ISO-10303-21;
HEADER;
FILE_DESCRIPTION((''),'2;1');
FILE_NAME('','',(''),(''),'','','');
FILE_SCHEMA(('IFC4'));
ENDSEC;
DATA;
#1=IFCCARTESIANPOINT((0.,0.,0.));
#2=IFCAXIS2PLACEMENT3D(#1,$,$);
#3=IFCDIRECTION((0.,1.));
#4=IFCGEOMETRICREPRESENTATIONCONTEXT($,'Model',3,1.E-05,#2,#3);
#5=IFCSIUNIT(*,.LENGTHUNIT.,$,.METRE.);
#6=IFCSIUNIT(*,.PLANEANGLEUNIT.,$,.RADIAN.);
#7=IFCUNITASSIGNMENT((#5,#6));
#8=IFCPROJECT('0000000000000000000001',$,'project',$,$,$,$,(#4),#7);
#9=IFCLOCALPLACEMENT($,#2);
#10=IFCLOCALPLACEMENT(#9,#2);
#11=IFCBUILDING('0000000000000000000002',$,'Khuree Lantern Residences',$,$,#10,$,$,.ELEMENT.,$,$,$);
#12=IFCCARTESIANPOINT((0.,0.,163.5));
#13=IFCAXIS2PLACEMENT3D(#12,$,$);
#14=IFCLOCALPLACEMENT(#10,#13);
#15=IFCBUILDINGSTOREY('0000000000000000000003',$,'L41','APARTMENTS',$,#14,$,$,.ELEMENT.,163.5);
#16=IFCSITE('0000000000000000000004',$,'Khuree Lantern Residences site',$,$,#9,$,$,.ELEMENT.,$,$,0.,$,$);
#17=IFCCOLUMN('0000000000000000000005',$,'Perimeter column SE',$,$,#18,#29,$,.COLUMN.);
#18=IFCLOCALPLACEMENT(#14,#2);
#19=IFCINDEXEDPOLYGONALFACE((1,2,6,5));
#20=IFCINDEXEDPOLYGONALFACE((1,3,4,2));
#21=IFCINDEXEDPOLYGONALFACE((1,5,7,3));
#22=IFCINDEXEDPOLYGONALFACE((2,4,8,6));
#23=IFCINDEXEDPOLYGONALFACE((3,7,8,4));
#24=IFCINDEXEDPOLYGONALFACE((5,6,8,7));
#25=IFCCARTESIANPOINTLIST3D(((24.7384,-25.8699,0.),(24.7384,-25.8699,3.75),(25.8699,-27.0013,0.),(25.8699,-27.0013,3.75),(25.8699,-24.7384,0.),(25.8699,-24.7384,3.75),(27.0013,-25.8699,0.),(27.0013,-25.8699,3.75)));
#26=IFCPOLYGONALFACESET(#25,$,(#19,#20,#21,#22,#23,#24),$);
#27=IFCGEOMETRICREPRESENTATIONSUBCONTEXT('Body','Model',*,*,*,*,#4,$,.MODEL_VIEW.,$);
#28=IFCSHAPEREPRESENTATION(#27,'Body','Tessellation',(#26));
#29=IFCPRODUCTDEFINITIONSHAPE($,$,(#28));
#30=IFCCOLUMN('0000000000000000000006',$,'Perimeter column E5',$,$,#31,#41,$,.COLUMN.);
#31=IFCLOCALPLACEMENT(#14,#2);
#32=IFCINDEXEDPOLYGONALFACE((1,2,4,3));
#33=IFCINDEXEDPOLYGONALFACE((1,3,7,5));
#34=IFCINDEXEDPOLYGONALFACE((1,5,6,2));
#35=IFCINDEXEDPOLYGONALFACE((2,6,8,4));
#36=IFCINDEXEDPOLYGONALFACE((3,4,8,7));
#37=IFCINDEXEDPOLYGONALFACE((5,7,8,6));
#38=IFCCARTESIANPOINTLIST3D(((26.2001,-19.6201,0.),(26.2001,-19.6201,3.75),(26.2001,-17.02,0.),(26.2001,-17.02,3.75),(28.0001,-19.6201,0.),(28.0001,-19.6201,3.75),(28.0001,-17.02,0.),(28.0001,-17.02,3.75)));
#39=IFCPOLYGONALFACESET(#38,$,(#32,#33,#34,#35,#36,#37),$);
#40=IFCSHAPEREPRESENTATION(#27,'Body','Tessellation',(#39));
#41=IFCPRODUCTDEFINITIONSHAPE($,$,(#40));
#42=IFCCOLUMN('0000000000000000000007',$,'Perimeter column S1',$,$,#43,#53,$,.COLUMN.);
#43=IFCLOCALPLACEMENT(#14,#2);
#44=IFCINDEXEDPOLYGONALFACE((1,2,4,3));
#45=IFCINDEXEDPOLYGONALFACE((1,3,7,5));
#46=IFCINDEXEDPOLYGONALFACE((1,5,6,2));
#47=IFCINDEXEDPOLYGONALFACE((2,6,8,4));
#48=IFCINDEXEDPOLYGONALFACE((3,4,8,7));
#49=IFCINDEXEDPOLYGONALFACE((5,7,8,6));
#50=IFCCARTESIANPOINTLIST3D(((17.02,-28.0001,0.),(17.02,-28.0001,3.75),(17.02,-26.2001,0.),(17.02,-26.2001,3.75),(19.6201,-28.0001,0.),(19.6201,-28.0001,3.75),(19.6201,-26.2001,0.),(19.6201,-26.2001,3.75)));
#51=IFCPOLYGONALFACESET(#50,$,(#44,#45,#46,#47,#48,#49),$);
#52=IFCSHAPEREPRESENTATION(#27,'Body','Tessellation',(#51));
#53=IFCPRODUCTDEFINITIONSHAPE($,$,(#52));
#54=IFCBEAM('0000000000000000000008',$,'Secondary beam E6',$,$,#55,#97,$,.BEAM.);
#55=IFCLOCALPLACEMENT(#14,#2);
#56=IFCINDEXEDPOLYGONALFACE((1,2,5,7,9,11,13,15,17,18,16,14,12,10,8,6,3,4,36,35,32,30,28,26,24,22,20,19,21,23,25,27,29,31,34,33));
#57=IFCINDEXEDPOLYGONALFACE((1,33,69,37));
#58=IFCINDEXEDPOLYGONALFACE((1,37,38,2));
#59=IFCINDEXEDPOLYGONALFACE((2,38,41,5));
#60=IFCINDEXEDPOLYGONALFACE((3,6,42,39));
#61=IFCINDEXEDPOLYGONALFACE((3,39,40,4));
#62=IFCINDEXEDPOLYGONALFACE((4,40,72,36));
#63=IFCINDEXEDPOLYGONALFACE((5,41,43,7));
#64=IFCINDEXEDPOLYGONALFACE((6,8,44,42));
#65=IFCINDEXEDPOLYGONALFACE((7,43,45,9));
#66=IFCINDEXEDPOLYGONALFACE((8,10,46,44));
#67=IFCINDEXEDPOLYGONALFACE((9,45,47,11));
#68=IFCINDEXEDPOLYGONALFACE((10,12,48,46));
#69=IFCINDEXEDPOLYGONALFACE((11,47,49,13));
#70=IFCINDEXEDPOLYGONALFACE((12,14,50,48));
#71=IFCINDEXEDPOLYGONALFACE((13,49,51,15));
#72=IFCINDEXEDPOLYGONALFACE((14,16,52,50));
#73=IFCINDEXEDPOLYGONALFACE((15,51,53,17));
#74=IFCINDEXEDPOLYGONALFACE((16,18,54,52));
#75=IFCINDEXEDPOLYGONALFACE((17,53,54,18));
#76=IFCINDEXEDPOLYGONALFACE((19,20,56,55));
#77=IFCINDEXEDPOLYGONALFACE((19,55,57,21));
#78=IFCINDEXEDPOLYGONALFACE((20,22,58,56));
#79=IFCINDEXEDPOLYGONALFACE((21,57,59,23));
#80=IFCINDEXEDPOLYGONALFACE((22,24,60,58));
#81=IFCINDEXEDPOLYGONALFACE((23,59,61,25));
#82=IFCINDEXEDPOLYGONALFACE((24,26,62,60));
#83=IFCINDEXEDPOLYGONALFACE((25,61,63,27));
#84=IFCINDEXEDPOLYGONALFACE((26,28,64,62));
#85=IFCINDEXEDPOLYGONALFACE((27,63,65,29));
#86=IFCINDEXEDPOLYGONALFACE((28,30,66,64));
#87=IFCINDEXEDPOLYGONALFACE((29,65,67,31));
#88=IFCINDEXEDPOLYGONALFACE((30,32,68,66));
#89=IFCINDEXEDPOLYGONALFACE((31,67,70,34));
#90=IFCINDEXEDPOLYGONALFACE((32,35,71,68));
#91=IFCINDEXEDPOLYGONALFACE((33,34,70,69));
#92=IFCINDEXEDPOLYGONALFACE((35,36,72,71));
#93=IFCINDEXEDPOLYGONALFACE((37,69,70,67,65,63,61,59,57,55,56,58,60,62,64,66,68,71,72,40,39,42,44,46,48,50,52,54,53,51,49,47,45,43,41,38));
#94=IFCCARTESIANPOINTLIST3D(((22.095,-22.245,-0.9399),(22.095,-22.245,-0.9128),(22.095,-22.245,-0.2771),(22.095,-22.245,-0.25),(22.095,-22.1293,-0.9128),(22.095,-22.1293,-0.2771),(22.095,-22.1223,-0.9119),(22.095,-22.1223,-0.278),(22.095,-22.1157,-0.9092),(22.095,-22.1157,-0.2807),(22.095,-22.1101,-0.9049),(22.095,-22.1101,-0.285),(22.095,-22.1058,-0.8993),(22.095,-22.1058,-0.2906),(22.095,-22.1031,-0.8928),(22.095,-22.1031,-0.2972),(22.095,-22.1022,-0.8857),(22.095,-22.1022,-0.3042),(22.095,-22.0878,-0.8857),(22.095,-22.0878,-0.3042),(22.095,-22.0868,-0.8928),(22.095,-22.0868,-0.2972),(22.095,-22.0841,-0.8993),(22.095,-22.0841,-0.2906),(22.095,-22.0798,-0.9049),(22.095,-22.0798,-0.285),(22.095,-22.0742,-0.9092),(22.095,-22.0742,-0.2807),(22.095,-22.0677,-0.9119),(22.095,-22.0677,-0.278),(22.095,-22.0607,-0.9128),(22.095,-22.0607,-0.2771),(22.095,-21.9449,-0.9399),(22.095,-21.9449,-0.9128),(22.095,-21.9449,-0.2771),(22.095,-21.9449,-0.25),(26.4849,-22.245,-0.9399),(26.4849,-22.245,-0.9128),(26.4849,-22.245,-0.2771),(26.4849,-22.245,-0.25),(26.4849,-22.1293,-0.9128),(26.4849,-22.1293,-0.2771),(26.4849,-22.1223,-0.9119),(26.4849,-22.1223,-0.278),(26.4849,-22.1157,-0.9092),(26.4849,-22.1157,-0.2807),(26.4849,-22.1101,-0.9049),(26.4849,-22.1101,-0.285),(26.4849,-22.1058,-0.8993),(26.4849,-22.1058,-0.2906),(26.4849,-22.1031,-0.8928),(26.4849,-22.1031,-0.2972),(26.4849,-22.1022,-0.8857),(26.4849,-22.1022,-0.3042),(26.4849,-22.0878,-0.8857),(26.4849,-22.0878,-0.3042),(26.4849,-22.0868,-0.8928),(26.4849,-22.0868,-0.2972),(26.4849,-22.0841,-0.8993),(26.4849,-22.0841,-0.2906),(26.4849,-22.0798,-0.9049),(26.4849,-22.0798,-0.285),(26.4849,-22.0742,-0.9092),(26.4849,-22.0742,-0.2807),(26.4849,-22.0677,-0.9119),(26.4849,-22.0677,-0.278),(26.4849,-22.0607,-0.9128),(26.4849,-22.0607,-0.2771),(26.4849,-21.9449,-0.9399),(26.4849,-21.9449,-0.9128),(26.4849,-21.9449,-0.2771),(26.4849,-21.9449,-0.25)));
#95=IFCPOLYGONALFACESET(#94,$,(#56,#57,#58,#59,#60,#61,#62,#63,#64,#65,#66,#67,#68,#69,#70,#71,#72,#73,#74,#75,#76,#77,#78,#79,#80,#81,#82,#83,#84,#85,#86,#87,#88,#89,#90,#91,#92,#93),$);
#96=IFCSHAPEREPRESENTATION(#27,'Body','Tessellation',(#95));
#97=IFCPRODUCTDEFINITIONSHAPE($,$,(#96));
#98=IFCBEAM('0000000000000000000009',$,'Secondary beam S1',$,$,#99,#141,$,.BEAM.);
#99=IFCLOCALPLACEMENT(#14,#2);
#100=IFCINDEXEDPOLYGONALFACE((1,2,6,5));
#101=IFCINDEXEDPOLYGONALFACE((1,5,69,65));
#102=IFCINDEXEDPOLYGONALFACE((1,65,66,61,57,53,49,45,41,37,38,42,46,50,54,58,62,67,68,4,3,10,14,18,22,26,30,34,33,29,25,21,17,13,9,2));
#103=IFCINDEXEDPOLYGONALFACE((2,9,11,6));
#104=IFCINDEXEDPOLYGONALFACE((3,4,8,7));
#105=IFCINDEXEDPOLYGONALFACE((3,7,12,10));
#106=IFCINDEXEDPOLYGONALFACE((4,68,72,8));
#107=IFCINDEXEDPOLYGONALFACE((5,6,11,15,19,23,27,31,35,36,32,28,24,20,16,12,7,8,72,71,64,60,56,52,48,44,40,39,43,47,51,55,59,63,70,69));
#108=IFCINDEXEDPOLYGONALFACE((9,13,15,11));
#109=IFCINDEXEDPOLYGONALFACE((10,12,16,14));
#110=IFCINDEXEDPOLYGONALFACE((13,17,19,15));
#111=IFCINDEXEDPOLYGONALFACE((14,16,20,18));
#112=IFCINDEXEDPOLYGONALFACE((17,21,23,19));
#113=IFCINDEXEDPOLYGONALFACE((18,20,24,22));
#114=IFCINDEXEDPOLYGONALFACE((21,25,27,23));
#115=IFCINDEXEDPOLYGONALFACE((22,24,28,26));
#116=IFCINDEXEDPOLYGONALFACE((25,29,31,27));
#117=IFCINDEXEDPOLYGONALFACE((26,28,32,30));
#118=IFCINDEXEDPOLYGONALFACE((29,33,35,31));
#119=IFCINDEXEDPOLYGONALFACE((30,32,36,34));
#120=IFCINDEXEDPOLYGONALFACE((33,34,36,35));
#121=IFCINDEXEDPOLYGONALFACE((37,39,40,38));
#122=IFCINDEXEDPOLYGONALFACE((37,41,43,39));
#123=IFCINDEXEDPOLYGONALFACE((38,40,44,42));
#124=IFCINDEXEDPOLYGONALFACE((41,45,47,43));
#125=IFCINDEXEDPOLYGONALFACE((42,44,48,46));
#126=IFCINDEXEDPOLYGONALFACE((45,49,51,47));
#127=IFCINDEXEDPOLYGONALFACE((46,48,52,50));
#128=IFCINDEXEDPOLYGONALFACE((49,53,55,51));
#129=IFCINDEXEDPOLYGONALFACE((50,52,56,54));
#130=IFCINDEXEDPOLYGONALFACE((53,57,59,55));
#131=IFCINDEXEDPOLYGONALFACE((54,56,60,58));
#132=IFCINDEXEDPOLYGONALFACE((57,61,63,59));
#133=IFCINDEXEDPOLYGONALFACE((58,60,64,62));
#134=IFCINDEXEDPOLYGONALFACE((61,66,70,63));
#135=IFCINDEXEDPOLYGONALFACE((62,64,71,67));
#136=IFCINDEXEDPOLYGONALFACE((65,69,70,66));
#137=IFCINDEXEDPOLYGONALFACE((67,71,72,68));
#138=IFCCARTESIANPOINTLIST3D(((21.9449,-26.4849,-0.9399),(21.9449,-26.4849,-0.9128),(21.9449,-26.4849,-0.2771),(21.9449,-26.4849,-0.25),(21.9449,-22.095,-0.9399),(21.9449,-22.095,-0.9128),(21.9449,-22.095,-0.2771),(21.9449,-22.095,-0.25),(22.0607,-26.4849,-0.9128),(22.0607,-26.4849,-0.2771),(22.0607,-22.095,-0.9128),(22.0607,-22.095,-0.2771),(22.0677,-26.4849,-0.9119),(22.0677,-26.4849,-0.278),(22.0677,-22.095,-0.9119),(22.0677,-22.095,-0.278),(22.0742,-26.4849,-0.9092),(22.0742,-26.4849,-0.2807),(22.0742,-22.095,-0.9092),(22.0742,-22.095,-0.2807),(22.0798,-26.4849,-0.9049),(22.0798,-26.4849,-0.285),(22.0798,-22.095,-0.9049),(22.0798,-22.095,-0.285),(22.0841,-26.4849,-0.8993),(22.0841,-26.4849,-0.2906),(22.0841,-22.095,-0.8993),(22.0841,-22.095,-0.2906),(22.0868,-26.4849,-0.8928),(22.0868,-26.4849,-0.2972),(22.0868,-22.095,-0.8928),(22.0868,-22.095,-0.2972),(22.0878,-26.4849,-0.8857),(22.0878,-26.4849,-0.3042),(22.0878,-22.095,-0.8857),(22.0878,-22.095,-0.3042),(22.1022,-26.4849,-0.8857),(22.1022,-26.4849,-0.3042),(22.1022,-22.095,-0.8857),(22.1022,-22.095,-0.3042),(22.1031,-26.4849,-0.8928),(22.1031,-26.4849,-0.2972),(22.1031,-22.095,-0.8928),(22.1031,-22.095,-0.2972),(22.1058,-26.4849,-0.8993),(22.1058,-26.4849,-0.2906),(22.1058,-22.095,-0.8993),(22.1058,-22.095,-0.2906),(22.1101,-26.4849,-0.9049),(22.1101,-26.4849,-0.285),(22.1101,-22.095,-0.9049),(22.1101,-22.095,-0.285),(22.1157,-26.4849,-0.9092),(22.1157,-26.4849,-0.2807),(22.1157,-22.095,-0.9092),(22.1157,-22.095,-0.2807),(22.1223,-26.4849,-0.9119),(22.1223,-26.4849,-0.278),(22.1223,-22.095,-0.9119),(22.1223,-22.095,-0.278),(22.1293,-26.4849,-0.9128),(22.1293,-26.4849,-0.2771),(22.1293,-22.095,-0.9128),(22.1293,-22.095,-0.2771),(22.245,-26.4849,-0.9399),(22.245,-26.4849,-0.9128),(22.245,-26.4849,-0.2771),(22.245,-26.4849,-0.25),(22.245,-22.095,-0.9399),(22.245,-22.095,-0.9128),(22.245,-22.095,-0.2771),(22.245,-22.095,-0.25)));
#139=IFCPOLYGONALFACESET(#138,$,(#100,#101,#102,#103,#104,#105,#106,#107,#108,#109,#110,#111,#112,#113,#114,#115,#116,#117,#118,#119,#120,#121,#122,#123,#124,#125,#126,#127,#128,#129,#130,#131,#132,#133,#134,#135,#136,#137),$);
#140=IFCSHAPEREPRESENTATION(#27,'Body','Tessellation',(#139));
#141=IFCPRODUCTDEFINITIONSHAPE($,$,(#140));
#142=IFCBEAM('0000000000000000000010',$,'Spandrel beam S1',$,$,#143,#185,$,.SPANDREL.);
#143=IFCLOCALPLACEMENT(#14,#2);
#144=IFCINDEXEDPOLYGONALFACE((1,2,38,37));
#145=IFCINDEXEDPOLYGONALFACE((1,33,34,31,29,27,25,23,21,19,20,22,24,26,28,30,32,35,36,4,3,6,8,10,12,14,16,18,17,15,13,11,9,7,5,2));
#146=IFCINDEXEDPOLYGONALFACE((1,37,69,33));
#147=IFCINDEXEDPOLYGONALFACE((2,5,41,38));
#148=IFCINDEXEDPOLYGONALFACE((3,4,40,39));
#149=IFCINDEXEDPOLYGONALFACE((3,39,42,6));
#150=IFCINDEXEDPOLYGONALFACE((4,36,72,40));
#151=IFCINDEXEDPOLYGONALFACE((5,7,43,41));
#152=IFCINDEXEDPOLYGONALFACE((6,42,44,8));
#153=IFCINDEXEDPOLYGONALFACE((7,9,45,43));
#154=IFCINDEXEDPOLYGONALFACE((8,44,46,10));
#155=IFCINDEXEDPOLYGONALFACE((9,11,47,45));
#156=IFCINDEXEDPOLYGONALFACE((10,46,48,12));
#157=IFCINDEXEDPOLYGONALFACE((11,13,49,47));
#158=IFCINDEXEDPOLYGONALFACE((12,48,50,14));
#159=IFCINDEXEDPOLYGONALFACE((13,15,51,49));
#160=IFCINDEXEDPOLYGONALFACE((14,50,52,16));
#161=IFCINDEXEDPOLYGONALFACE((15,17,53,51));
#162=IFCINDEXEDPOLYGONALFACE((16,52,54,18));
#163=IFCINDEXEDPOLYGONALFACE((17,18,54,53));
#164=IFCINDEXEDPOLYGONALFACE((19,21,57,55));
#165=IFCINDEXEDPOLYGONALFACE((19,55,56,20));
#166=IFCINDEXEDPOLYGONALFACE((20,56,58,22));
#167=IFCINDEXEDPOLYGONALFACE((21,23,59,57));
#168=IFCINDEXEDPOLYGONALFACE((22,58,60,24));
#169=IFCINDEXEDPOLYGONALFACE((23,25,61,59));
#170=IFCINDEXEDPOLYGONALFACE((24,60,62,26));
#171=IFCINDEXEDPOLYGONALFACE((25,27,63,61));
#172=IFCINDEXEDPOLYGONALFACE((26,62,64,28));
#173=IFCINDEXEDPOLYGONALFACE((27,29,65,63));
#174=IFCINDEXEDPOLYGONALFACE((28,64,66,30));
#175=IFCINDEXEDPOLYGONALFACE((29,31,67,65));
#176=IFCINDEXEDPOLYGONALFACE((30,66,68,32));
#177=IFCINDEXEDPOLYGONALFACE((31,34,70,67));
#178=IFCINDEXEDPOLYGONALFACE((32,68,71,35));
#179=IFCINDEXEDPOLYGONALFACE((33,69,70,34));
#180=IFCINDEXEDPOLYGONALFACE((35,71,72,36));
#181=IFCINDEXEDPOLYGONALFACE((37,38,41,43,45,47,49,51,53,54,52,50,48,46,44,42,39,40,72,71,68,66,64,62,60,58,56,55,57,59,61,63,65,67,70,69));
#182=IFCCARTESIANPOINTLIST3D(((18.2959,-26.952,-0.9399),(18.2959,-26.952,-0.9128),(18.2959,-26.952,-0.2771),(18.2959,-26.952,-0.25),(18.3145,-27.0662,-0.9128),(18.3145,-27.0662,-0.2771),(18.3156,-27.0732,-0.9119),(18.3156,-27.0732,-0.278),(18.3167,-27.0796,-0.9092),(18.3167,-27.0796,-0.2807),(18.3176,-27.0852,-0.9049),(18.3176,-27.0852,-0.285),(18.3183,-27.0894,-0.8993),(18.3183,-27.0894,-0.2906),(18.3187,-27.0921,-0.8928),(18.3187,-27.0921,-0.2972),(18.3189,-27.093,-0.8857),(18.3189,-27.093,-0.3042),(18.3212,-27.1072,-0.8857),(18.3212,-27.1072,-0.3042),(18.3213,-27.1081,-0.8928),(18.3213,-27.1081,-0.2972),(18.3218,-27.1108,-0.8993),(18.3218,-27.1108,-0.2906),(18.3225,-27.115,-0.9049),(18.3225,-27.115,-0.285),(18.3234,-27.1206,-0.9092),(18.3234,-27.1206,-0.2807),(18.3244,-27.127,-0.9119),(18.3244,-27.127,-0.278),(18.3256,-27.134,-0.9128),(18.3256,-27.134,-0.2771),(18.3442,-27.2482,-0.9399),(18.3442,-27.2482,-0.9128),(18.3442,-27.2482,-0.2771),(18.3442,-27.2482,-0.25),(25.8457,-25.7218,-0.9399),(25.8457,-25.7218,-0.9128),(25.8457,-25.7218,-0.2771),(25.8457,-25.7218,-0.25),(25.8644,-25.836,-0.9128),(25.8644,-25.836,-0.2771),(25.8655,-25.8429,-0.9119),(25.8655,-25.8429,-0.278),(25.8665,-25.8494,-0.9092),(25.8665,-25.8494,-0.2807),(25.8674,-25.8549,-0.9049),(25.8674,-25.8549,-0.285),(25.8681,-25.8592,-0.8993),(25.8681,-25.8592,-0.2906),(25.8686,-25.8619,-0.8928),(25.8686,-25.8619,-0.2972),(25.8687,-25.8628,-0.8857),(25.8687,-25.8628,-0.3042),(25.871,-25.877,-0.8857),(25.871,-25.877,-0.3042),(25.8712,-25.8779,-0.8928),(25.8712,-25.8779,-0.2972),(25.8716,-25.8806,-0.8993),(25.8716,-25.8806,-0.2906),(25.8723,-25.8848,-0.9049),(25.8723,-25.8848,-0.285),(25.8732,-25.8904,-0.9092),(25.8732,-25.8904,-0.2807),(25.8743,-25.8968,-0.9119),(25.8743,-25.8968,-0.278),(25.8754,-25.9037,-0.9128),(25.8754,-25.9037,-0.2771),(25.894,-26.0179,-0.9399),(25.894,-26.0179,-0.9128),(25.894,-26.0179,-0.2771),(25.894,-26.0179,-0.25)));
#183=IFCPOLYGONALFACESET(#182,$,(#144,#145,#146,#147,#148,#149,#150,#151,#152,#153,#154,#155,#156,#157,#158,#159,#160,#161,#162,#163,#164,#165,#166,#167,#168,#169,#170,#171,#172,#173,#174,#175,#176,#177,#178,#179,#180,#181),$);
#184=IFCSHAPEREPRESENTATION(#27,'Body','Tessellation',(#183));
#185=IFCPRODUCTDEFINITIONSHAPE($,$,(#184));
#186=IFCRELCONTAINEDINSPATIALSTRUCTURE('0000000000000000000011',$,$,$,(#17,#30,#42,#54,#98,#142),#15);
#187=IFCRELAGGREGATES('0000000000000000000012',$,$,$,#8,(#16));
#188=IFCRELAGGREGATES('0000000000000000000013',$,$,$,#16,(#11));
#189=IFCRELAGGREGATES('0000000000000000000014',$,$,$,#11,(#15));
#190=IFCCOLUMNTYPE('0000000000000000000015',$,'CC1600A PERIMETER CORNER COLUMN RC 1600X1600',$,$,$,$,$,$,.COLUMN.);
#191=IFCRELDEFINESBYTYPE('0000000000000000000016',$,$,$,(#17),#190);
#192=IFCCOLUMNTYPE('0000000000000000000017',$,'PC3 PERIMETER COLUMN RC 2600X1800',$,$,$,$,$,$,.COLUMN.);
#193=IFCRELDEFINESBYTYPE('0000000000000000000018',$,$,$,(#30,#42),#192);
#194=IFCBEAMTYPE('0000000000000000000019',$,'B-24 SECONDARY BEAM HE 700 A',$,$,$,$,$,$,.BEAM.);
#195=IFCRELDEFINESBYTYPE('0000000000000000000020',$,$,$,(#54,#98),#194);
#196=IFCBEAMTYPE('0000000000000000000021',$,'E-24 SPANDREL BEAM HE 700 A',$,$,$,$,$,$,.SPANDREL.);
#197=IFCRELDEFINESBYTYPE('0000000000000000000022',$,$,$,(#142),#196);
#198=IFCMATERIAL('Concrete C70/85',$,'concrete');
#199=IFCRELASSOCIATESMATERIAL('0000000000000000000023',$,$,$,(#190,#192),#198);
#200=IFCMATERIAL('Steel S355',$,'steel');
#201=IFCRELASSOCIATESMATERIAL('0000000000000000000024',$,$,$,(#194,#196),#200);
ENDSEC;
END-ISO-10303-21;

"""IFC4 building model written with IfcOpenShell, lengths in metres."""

from ifc_helpers import new_model, si_unit, direction, frame, origin, origin_2d, place, context, subcontext, project, spatial, rectangle, i_section, extrude, material, material_profile, profile_set, type_object, element, save


model = new_model("IFC4")

# Units and contexts
model_context = context("Model", 3, precision=1e-05, world=origin(), true_north=direction((0.0, 1.0)))
body_context = subcontext(model_context, "Body", "Model", "MODEL_VIEW")
ifc_project = project(units=[si_unit("LENGTHUNIT", "METRE"), si_unit("PLANEANGLEUNIT", "RADIAN")], contexts=[model_context])

# Site, building, storey
site_placement = place(None, origin())
site = spatial("IfcSite", under=ifc_project, at=site_placement, Name="Khuree Lantern Residences site", CompositionType="ELEMENT", RefElevation=0.0)
building_placement = place(site_placement, origin())
building = spatial("IfcBuilding", under=site, at=building_placement, Name="Khuree Lantern Residences", CompositionType="ELEMENT")
storey_placement = place(building_placement, frame((0.0, 0.0, 163.5)))
storey = spatial("IfcBuildingStorey", under=building, at=storey_placement, Name="L41", Description="APARTMENTS", CompositionType="ELEMENT", Elevation=163.5)

# Columns
ifc_material_1 = material(Name="Concrete C70/85", Category="concrete")
ifc_material_profile_1 = material_profile(ifc_material_1, rectangle(XDim=1.6001, YDim=1.6001, at=origin_2d()), Name="RC 1600X1600")
ifc_profile_set_1 = profile_set([ifc_material_profile_1], Name="Concrete C70/85")
column_type_1 = type_object("IfcColumnType", Name="CC1600A PERIMETER CORNER COLUMN RC 1600X1600", PredefinedType="COLUMN", material=ifc_profile_set_1)
column_placement = place(storey_placement, frame((25.8699, -25.8699, 0.0), z_axis=(0.0, 0.0, 1.0), x_axis=(0.707107, 0.707107, 0.0)))
element("IfcColumn", 1, at=column_placement, inside=storey, type_object=column_type_1, Name="Perimeter column SE", PredefinedType="COLUMN", context=body_context, shape_type="SweptSolid", body=[
    extrude(rectangle(XDim=1.6001, YDim=1.6001, at=origin_2d()), origin(), (0.0, 0.0, 1.0), 3.75),
])
ifc_material_profile_2 = material_profile(ifc_material_1, rectangle(XDim=2.6001, YDim=1.8, at=origin_2d()), Name="RC 2600X1800")
ifc_profile_set_2 = profile_set([ifc_material_profile_2], Name="Concrete C70/85")
column_type_2 = type_object("IfcColumnType", Name="PC3 PERIMETER COLUMN RC 2600X1800", PredefinedType="COLUMN", material=ifc_profile_set_2)
for number, where, z_axis, x_axis, name in (
    (2, (27.1001, -18.3201, 0.0), (0.0, 0.0, 1.0), (0.0, 1.0, 0.0), "Perimeter column E5"),
    (3, (18.3201, -27.1001, 0.0), (0.0, 0.0, 1.0), (1.0, 0.0, 0.0), "Perimeter column S1"),
):
    element("IfcColumn", number, at=place(storey_placement, frame(where, z_axis=z_axis, x_axis=x_axis)), inside=storey, type_object=column_type_2, Name=name, PredefinedType="COLUMN", context=body_context, shape_type="SweptSolid", body=[
        extrude(rectangle(XDim=2.6001, YDim=1.8, at=origin_2d()), origin(), (0.0, 0.0, 1.0), 3.75),
    ])

# Beams
ifc_material_2 = material(Name="Steel S355", Category="steel")
ifc_material_profile_3 = material_profile(ifc_material_2, i_section(OverallWidth=0.3, OverallDepth=0.6899, WebThickness=0.0144, FlangeThickness=0.0271, FilletRadius=0.0271, at=origin_2d()), Name="HE 700 A")
ifc_profile_set_3 = profile_set([ifc_material_profile_3], Name="Steel S355")
beam_type_1 = type_object("IfcBeamType", Name="B-24 SECONDARY BEAM HE 700 A", PredefinedType="BEAM", material=ifc_profile_set_3)
for number, where, z_axis, x_axis, name in (
    (4, (26.4849, -22.095, -0.595), (-1.0, 0.0, 0.0), (0.0, -1.0, 0.0), "Secondary beam E6"),
    (5, (22.095, -26.4849, -0.595), (0.0, 1.0, 0.0), (-1.0, 0.0, 0.0), "Secondary beam S1"),
):
    element("IfcBeam", number, at=place(storey_placement, frame(where, z_axis=z_axis, x_axis=x_axis)), inside=storey, type_object=beam_type_1, Name=name, PredefinedType="BEAM", context=body_context, shape_type="SweptSolid", body=[
        extrude(i_section(OverallWidth=0.3, OverallDepth=0.6899, WebThickness=0.0144, FlangeThickness=0.0271, FilletRadius=0.0271, at=origin_2d()), origin(), (0.0, 0.0, 1.0), 4.3899),
    ])
ifc_material_profile_4 = material_profile(ifc_material_2, i_section(OverallWidth=0.3, OverallDepth=0.6899, WebThickness=0.0144, FlangeThickness=0.0271, FilletRadius=0.0271, at=origin_2d()), Name="HE 700 A")
ifc_profile_set_4 = profile_set([ifc_material_profile_4], Name="Steel S355")
beam_type_2 = type_object("IfcBeamType", Name="E-24 SPANDREL BEAM HE 700 A", PredefinedType="SPANDREL", material=ifc_profile_set_4)
beam_1_placement = place(storey_placement, frame((25.8699, -25.8699, -0.595), z_axis=(-0.986983, -0.160827, 0.0), x_axis=(0.160827, -0.986983, 0.0)))
element("IfcBeam", 6, at=beam_1_placement, inside=storey, type_object=beam_type_2, Name="Spandrel beam S1", PredefinedType="SPANDREL", context=body_context, shape_type="SweptSolid", body=[
    extrude(i_section(OverallWidth=0.3, OverallDepth=0.6899, WebThickness=0.0144, FlangeThickness=0.0271, FilletRadius=0.0271, at=origin_2d()), origin(), (0.0, 0.0, 1.0), 7.6494),
])

save(model, "model.ifc")
